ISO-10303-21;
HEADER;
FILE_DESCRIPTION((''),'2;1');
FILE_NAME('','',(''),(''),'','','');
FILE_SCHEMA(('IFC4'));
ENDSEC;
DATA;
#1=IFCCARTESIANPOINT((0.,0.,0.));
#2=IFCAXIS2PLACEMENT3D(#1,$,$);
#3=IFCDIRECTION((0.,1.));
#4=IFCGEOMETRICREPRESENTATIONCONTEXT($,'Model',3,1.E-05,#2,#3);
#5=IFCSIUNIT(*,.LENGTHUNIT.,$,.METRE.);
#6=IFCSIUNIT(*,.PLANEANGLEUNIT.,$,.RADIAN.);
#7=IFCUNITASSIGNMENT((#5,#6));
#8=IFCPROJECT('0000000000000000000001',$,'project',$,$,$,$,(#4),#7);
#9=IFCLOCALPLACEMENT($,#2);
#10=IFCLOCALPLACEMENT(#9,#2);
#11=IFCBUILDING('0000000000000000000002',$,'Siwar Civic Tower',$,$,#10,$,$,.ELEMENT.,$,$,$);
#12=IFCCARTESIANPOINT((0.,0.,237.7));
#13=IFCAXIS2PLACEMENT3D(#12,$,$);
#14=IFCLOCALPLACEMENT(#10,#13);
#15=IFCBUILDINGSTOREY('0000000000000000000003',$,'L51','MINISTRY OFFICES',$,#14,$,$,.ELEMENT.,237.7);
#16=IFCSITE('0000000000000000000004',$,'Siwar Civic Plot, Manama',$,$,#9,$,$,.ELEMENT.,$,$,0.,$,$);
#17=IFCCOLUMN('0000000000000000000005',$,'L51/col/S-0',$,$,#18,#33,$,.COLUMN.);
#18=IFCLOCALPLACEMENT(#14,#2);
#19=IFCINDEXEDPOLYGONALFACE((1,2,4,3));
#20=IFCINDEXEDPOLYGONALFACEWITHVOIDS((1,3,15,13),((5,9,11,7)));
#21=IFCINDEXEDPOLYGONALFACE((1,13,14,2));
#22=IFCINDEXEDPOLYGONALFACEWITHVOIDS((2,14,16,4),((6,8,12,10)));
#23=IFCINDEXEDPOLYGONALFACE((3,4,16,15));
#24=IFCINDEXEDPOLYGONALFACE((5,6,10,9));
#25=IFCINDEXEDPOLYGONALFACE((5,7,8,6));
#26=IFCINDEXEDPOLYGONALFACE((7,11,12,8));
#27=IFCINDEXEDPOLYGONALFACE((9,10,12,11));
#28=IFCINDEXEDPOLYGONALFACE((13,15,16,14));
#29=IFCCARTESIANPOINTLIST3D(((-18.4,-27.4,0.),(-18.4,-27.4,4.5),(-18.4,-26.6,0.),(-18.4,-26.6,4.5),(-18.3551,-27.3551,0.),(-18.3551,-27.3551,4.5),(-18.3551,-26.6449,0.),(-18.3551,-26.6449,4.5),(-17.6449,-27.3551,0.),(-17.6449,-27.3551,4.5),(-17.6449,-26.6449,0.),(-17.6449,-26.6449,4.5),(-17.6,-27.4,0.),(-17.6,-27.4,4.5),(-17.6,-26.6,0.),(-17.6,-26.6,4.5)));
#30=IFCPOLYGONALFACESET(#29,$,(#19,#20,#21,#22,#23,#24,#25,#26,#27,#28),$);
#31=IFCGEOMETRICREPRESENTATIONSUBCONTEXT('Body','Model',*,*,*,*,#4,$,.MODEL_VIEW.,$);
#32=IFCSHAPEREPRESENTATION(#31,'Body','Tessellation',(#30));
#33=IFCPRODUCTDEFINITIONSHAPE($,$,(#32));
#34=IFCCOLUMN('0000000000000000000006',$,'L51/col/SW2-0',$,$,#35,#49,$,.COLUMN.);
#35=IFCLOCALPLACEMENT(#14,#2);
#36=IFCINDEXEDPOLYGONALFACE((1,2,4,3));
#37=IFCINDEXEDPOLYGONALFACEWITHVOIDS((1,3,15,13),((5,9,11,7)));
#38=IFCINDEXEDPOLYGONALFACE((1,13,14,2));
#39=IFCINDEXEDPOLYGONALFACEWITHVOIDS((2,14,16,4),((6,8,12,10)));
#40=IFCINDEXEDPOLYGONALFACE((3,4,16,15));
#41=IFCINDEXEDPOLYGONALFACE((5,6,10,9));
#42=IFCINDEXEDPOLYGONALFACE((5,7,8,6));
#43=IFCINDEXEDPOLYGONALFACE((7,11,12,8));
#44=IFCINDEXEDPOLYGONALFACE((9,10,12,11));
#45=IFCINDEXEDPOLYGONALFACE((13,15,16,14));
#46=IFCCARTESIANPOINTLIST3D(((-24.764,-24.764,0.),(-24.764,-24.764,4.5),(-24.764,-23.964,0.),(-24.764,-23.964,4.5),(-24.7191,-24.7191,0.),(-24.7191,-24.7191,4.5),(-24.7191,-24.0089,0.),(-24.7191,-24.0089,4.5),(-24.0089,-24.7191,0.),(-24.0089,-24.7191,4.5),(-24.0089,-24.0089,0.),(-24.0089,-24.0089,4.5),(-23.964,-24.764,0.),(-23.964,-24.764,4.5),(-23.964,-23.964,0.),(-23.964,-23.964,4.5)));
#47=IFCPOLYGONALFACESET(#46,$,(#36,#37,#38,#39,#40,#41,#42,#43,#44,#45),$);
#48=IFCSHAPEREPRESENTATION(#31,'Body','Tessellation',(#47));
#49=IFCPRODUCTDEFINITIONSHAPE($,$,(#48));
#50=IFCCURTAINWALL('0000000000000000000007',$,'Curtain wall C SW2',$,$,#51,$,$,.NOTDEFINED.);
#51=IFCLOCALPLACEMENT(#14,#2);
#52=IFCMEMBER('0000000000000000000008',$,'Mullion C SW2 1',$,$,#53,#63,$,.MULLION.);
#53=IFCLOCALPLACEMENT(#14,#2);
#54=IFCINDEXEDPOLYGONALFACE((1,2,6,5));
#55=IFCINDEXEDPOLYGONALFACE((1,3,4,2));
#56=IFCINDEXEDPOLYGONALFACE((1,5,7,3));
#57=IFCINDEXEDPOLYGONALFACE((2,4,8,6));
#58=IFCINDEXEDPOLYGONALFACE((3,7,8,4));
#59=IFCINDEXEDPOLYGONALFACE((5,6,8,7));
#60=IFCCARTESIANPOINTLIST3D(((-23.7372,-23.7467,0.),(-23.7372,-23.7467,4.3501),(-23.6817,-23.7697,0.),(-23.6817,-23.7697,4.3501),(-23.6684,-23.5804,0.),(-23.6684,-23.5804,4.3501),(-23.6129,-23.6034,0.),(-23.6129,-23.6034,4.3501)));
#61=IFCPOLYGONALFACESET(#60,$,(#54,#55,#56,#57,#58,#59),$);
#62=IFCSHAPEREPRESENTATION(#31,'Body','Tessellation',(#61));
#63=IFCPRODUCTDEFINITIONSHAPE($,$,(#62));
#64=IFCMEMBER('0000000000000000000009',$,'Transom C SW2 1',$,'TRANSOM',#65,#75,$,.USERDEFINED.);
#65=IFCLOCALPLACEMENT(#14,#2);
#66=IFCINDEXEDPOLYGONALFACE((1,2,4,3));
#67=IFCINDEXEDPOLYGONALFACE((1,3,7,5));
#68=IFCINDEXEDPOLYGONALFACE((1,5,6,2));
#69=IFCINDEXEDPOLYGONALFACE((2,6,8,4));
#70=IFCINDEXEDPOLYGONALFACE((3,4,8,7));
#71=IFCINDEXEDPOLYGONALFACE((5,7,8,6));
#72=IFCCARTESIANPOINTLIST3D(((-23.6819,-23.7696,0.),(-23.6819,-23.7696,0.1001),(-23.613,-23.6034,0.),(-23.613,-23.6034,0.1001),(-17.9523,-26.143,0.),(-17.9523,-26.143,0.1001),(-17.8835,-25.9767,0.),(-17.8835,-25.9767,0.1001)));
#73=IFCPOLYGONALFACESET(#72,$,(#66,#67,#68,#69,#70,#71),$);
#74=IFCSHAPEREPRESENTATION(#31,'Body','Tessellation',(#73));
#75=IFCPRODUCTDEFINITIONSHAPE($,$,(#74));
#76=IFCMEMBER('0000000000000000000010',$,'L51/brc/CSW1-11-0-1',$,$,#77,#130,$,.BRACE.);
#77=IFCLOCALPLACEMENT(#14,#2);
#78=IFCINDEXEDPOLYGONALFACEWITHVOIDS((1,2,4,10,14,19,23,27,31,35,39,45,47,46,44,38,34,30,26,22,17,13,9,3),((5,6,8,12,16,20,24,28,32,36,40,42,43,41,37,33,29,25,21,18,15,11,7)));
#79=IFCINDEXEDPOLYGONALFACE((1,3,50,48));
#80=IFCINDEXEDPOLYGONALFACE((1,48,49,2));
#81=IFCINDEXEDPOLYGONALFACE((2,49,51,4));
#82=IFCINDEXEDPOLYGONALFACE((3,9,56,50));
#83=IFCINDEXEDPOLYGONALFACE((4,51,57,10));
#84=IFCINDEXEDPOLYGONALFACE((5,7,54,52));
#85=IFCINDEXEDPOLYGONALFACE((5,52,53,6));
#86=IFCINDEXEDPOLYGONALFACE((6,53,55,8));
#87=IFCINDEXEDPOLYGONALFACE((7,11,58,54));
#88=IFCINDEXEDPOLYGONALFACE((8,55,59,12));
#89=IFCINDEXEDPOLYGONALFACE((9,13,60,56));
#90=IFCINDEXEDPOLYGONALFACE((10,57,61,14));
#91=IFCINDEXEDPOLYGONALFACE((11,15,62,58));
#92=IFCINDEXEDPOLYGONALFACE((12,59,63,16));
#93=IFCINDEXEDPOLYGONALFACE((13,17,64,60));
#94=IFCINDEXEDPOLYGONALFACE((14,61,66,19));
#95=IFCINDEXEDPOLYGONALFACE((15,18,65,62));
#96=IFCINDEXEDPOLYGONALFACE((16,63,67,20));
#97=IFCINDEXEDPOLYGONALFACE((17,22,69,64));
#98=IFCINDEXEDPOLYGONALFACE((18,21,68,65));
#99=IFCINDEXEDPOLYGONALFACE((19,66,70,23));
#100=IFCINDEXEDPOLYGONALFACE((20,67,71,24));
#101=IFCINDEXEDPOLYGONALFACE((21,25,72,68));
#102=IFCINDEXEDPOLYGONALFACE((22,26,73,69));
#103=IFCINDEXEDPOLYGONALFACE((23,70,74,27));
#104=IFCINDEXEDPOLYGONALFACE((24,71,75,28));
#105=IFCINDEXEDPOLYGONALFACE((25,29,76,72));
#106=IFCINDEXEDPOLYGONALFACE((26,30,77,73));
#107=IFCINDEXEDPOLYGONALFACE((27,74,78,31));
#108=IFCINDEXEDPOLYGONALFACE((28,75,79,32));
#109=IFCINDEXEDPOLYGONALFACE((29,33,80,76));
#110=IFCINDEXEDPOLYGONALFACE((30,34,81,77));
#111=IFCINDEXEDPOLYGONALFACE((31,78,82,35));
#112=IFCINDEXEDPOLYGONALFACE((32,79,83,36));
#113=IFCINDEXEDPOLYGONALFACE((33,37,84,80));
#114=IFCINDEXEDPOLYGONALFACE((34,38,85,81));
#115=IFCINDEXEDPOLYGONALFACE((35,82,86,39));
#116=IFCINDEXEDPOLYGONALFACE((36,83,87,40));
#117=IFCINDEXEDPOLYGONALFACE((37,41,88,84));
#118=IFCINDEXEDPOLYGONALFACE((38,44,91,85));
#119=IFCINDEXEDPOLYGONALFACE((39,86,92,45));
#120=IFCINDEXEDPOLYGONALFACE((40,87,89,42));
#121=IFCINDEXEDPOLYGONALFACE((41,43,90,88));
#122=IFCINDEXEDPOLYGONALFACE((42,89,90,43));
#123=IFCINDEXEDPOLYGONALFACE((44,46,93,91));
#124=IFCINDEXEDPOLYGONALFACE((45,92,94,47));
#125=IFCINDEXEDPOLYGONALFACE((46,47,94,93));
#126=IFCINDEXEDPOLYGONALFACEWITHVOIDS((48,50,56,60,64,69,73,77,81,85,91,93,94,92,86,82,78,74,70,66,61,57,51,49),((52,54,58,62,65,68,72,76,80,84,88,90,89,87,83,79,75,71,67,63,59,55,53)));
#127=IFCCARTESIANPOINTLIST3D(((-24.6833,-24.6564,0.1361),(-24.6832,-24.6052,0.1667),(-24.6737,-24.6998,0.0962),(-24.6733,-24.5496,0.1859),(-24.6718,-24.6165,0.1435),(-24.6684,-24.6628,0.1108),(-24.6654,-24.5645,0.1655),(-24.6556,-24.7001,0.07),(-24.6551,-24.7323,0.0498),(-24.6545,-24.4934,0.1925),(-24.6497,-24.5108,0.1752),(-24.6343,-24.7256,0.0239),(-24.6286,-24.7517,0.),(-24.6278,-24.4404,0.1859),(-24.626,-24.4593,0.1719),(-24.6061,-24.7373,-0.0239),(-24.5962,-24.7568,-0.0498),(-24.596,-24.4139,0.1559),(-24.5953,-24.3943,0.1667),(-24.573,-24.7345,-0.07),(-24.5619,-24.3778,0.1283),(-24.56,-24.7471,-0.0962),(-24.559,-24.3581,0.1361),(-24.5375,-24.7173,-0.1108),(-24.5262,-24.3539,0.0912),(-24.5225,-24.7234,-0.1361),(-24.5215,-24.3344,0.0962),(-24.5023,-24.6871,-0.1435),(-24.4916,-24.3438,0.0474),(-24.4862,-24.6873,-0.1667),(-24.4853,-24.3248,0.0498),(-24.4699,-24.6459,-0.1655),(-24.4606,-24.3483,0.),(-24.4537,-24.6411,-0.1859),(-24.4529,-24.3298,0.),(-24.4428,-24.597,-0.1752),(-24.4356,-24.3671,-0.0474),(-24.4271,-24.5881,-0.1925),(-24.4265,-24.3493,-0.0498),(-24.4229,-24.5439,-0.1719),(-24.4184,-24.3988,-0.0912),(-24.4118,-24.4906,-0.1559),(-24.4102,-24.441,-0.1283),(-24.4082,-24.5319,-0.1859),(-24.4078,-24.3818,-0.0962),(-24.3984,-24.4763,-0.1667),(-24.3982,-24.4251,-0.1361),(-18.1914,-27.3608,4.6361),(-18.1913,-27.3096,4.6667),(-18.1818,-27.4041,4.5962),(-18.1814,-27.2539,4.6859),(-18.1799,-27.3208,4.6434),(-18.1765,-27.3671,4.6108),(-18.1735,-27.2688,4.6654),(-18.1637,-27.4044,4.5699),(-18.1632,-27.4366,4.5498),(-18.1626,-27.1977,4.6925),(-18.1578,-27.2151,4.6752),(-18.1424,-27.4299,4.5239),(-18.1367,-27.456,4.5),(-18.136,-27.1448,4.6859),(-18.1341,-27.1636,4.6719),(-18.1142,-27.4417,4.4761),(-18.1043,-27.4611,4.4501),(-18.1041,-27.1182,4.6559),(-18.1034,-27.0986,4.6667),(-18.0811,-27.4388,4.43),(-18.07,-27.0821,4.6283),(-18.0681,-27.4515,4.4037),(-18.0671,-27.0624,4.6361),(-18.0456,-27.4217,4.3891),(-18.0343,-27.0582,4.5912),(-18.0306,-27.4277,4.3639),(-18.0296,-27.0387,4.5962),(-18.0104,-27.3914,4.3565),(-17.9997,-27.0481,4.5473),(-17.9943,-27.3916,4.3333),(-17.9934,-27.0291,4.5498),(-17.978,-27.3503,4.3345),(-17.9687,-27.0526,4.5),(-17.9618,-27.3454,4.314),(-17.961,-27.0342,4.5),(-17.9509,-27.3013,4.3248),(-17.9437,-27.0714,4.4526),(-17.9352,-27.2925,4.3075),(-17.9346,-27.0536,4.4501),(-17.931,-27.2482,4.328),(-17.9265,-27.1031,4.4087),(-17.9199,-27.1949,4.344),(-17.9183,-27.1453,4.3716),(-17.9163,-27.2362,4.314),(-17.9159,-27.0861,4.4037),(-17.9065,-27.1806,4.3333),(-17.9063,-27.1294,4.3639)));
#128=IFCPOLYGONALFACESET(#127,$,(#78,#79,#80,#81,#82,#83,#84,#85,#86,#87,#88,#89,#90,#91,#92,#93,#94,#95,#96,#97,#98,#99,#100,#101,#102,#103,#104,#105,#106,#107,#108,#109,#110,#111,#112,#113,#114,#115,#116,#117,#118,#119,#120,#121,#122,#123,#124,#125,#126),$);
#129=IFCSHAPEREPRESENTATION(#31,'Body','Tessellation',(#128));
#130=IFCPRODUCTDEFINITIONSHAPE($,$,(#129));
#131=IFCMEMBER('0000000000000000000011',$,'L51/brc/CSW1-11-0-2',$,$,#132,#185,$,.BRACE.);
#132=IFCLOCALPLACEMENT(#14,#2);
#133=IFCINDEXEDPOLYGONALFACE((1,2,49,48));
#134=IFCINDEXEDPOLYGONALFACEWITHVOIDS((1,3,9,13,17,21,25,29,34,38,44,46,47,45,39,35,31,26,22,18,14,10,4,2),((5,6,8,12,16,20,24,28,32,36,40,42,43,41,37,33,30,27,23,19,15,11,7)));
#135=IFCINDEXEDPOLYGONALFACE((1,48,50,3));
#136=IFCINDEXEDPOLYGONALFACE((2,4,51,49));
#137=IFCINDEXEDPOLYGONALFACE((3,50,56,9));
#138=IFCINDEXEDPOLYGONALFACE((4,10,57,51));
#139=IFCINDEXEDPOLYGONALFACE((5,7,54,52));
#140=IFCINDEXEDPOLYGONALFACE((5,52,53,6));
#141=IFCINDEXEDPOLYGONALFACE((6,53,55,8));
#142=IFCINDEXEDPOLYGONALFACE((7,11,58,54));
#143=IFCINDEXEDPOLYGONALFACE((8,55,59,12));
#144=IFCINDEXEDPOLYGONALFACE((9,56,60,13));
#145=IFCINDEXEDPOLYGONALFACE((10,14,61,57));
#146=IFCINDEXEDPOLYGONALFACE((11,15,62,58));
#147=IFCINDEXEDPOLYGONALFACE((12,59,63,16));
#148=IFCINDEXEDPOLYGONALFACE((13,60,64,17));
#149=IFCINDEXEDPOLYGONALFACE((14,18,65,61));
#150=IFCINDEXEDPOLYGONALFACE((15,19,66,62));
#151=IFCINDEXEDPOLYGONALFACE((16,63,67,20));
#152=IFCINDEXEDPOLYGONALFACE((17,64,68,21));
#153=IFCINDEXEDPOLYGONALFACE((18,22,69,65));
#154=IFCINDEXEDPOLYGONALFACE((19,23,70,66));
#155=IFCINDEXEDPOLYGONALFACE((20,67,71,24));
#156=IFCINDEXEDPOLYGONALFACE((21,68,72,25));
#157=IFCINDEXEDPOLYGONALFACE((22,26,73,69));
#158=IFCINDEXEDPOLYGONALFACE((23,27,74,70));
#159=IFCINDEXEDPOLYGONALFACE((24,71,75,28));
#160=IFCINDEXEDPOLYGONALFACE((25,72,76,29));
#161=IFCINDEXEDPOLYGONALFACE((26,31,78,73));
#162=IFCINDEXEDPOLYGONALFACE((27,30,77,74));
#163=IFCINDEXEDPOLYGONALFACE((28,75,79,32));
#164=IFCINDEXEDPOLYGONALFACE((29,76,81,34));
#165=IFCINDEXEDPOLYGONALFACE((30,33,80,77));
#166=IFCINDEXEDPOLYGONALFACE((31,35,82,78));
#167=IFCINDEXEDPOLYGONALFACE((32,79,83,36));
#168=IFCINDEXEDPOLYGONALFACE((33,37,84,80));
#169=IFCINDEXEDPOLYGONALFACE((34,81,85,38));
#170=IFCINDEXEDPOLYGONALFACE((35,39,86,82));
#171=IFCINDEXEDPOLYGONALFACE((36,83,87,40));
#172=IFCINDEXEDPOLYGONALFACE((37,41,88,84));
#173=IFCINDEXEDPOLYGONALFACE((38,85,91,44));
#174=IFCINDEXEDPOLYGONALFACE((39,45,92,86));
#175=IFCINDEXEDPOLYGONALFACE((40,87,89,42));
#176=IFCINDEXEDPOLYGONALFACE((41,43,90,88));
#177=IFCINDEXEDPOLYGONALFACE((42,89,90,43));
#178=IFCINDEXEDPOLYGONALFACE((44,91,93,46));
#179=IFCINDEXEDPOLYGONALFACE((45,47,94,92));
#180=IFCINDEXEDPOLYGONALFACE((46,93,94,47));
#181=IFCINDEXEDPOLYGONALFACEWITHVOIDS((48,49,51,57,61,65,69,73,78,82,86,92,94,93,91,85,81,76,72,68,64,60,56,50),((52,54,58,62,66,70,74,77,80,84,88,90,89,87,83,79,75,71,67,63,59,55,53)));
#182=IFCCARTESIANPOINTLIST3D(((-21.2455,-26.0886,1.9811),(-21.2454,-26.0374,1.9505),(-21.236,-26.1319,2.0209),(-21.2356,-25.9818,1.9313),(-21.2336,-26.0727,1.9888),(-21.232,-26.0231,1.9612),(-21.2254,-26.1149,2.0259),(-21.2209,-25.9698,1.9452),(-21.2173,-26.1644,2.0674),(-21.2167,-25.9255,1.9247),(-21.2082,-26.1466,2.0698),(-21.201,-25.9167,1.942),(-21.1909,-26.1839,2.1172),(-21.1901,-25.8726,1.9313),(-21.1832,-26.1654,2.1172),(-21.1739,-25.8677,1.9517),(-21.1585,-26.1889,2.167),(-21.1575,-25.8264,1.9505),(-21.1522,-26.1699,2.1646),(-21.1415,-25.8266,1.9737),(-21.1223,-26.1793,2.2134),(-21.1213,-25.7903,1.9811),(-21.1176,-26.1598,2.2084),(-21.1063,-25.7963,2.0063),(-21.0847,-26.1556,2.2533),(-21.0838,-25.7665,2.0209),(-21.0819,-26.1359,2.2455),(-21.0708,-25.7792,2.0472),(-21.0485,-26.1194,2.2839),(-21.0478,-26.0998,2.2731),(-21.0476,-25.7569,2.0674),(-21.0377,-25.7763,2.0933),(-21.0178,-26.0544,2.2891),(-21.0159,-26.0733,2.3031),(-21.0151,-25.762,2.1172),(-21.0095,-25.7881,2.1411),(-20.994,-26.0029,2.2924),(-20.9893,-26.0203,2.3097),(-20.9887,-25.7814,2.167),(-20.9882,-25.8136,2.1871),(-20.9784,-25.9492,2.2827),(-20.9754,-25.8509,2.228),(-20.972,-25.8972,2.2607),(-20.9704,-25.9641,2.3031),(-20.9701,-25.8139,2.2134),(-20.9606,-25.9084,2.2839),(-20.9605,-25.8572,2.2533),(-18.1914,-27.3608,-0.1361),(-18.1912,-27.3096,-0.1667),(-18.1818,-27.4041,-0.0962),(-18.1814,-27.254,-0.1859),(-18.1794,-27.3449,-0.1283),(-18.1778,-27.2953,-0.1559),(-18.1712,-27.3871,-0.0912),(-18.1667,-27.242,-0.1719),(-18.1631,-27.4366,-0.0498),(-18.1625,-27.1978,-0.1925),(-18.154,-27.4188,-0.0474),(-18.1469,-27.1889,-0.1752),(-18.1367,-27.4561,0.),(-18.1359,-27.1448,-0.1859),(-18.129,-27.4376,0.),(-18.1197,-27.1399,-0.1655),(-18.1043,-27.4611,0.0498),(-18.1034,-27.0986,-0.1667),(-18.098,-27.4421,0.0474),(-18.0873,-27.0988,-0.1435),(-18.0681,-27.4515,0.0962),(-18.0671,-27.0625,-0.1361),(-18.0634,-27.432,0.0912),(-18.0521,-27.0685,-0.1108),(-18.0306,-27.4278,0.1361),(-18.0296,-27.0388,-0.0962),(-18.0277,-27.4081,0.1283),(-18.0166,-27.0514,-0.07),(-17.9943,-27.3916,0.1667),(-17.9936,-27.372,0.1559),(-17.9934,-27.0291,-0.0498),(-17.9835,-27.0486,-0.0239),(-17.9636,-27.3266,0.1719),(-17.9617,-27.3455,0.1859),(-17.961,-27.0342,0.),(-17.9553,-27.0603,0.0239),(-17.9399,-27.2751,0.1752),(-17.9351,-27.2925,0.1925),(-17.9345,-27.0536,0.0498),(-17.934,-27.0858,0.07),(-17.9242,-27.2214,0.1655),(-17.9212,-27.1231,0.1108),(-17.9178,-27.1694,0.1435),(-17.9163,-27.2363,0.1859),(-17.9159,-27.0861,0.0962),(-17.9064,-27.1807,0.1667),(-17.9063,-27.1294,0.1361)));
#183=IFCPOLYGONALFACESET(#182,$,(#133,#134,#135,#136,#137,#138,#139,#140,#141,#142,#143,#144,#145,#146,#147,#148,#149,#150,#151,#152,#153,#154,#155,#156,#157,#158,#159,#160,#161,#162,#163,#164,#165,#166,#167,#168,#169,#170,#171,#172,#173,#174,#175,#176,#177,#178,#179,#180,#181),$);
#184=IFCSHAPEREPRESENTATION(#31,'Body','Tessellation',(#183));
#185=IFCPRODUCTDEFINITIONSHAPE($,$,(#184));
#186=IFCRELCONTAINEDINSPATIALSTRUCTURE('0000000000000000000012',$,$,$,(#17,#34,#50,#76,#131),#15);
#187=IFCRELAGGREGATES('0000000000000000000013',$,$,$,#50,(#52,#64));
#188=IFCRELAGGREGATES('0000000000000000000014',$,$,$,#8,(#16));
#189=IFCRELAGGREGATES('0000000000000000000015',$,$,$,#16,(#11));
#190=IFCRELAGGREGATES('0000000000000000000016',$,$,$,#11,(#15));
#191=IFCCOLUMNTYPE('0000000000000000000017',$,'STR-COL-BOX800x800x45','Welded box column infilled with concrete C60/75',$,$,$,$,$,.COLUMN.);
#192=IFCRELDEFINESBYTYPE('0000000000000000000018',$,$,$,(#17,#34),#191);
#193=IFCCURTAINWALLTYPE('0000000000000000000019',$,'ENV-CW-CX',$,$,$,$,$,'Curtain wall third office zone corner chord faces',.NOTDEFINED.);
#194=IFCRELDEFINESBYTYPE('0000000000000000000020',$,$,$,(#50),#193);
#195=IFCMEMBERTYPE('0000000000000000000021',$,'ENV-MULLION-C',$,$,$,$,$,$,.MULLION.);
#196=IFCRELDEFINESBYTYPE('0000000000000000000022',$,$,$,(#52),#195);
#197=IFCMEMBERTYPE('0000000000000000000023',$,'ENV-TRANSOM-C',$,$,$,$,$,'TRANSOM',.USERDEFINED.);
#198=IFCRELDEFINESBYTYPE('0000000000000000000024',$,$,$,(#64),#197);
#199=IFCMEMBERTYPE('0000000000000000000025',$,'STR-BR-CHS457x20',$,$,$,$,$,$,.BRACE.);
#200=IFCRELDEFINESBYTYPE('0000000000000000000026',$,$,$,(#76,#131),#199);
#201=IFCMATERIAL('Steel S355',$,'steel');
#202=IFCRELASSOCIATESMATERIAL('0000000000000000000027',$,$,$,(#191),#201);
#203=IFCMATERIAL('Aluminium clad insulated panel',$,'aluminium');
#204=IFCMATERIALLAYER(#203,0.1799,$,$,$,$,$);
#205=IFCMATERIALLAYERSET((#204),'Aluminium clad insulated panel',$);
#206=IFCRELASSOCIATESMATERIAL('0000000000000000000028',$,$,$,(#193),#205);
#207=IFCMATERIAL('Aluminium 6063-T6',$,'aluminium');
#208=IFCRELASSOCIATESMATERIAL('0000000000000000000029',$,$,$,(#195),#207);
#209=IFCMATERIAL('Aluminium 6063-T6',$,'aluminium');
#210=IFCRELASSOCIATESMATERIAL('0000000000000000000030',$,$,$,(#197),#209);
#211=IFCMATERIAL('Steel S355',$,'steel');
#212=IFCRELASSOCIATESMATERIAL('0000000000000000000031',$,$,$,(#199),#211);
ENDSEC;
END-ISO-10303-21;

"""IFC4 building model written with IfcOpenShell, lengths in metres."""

from ifc_helpers import new_model, si_unit, direction, frame, origin, origin_2d, place, context, subcontext, project, spatial, rectangle, hollow_rectangle, hollow_circle, extrude, material, layer, layer_set, material_profile, profile_set, type_object, element, aggregate, save


model = new_model("IFC4")

# Units and contexts
model_context = context("Model", 3, precision=1e-05, world=origin(), true_north=direction((0.0, 1.0)))
body_context = subcontext(model_context, "Body", "Model", "MODEL_VIEW")
ifc_project = project(units=[si_unit("LENGTHUNIT", "METRE"), si_unit("PLANEANGLEUNIT", "RADIAN")], contexts=[model_context])

# Site, building, storey
site_placement = place(None, origin())
site = spatial("IfcSite", under=ifc_project, at=site_placement, Name="Siwar Civic Plot, Manama", CompositionType="ELEMENT", RefElevation=0.0)
building_placement = place(site_placement, origin())
building = spatial("IfcBuilding", under=site, at=building_placement, Name="Siwar Civic Tower", CompositionType="ELEMENT")
storey_placement = place(building_placement, frame((0.0, 0.0, 237.7)))
storey = spatial("IfcBuildingStorey", under=building, at=storey_placement, Name="L51", Description="MINISTRY OFFICES", CompositionType="ELEMENT", Elevation=237.7)

# Columns
ifc_material_1 = material(Name="Steel S355", Category="steel")
ifc_material_profile_1 = material_profile(ifc_material_1, hollow_rectangle(XDim=0.8, YDim=0.8, WallThickness=0.0449, at=origin_2d()), Name="BOX800x800x45")
ifc_profile_set_1 = profile_set([ifc_material_profile_1], Name="Steel S355")
column_type = type_object("IfcColumnType", Name="STR-COL-BOX800x800x45", Description="Welded box column infilled with concrete C60/75", PredefinedType="COLUMN", material=ifc_profile_set_1)
for number, where, z_axis, x_axis, name in (
    (1, (-18.0, -27.0, 0.0), (0.0, 0.0, 1.0), (1.0, 0.0, 0.0), "L51/col/S-0"),
    (2, (-24.364, -24.364, 0.0), (0.0, 0.0, 1.0), (1.0, 0.0, 0.0), "L51/col/SW2-0"),
):
    element("IfcColumn", number, at=place(storey_placement, frame(where, z_axis=z_axis, x_axis=x_axis)), inside=storey, type_object=column_type, Name=name, PredefinedType="COLUMN", context=body_context, shape_type="SweptSolid", body=[
        extrude(hollow_rectangle(XDim=0.8, YDim=0.8, WallThickness=0.0449, at=origin_2d()), origin(), (0.0, 0.0, 1.0), 4.5),
    ])

# Curtain wall, members
ifc_material_2 = material(Name="Aluminium clad insulated panel", Category="aluminium")
ifc_layer_1 = layer(ifc_material_2, 0.1799)
ifc_layer_set_1 = layer_set([ifc_layer_1], Name="Aluminium clad insulated panel")
curtain_wall_type = type_object("IfcCurtainWallType", Name="ENV-CW-CX", ElementType="Curtain wall third office zone corner chord faces", PredefinedType="NOTDEFINED", material=ifc_layer_set_1)
curtain_wall_1_placement = place(storey_placement, origin())
curtain_wall_1 = element("IfcCurtainWall", 3, at=curtain_wall_1_placement, inside=storey, type_object=curtain_wall_type, Name="Curtain wall C SW2", PredefinedType="NOTDEFINED")
ifc_material_3 = material(Name="Aluminium 6063-T6", Category="aluminium")
ifc_material_profile_2 = material_profile(ifc_material_3, rectangle(XDim=0.1799, YDim=0.0601, at=origin_2d()), Name="AL 180x60")
ifc_profile_set_2 = profile_set([ifc_material_profile_2], Name="Aluminium 6063-T6")
member_type_1 = type_object("IfcMemberType", Name="ENV-MULLION-C", PredefinedType="MULLION", material=ifc_profile_set_2)
member_1_placement = place(storey_placement, frame((-23.675, -23.675, 0.0), z_axis=(0.0, 0.0, 1.0), x_axis=(0.382683, 0.92388, 0.0)))
member_1 = element("IfcMember", 4, at=member_1_placement, type_object=member_type_1, Name="Mullion C SW2 1", PredefinedType="MULLION", context=body_context, shape_type="SweptSolid", body=[
    extrude(rectangle(XDim=0.1799, YDim=0.0601, at=origin_2d()), origin(), (0.0, 0.0, 1.0), 4.3501),
])
ifc_material_4 = material(Name="Aluminium 6063-T6", Category="aluminium")
ifc_material_profile_3 = material_profile(ifc_material_4, rectangle(XDim=0.1799, YDim=0.1001, at=origin_2d()), Name="AL 180x100")
ifc_profile_set_3 = profile_set([ifc_material_profile_3], Name="Aluminium 6063-T6")
member_type_2 = type_object("IfcMemberType", Name="ENV-TRANSOM-C", ElementType="TRANSOM", PredefinedType="USERDEFINED", material=ifc_profile_set_3)
member_2_placement = place(storey_placement, frame((-23.6475, -23.6865, 0.05), z_axis=(0.923876, -0.382691, 0.0), x_axis=(0.382691, 0.923876, 0.0)))
member_2 = element("IfcMember", 5, at=member_2_placement, type_object=member_type_2, Name="Transom C SW2 1", ObjectType="TRANSOM", PredefinedType="USERDEFINED", context=body_context, shape_type="SweptSolid", body=[
    extrude(rectangle(XDim=0.1799, YDim=0.1001, at=origin_2d()), origin(), (0.0, 0.0, 1.0), 6.2017),
])

# Members
ifc_material_5 = material(Name="Steel S355", Category="steel")
ifc_material_profile_4 = material_profile(ifc_material_5, hollow_circle(Radius=0.2285, WallThickness=0.02, at=origin_2d()), Name="CHS457x20")
ifc_profile_set_4 = profile_set([ifc_material_profile_4], Name="Steel S355")
member_type_3 = type_object("IfcMemberType", Name="STR-BR-CHS457x20", PredefinedType="BRACE", material=ifc_profile_set_4)
member_3_placement = place(storey_placement, frame((-24.5408, -24.5408, 0.0), z_axis=(0.777555, -0.323906, 0.538975), x_axis=(0.384539, 0.923109, 0.0)))
element("IfcMember", 6, at=member_3_placement, inside=storey, type_object=member_type_3, Name="L51/brc/CSW1-11-0-1", PredefinedType="BRACE", context=body_context, shape_type="SweptSolid", body=[
    extrude(hollow_circle(Radius=0.2285, WallThickness=0.02, at=origin_2d()), origin(), (0.0, 0.0, 1.0), 8.3491),
])
for number, where, z_axis, x_axis, name in (
    (7, (-18.0488, -27.2451, 0.0), (-0.777546, 0.323884, 0.538999), (-0.384521, -0.923116, 0.0), "L51/brc/CSW1-11-0-2"),
):
    element("IfcMember", number, at=place(storey_placement, frame(where, z_axis=z_axis, x_axis=x_axis)), inside=storey, type_object=member_type_3, Name=name, PredefinedType="BRACE", context=body_context, shape_type="SweptSolid", body=[
        extrude(hollow_circle(Radius=0.2285, WallThickness=0.02, at=origin_2d()), origin(), (0.0, 0.0, 1.0), 3.928),
    ])

aggregate(curtain_wall_1, [member_1, member_2])

save(model, "model.ifc")
